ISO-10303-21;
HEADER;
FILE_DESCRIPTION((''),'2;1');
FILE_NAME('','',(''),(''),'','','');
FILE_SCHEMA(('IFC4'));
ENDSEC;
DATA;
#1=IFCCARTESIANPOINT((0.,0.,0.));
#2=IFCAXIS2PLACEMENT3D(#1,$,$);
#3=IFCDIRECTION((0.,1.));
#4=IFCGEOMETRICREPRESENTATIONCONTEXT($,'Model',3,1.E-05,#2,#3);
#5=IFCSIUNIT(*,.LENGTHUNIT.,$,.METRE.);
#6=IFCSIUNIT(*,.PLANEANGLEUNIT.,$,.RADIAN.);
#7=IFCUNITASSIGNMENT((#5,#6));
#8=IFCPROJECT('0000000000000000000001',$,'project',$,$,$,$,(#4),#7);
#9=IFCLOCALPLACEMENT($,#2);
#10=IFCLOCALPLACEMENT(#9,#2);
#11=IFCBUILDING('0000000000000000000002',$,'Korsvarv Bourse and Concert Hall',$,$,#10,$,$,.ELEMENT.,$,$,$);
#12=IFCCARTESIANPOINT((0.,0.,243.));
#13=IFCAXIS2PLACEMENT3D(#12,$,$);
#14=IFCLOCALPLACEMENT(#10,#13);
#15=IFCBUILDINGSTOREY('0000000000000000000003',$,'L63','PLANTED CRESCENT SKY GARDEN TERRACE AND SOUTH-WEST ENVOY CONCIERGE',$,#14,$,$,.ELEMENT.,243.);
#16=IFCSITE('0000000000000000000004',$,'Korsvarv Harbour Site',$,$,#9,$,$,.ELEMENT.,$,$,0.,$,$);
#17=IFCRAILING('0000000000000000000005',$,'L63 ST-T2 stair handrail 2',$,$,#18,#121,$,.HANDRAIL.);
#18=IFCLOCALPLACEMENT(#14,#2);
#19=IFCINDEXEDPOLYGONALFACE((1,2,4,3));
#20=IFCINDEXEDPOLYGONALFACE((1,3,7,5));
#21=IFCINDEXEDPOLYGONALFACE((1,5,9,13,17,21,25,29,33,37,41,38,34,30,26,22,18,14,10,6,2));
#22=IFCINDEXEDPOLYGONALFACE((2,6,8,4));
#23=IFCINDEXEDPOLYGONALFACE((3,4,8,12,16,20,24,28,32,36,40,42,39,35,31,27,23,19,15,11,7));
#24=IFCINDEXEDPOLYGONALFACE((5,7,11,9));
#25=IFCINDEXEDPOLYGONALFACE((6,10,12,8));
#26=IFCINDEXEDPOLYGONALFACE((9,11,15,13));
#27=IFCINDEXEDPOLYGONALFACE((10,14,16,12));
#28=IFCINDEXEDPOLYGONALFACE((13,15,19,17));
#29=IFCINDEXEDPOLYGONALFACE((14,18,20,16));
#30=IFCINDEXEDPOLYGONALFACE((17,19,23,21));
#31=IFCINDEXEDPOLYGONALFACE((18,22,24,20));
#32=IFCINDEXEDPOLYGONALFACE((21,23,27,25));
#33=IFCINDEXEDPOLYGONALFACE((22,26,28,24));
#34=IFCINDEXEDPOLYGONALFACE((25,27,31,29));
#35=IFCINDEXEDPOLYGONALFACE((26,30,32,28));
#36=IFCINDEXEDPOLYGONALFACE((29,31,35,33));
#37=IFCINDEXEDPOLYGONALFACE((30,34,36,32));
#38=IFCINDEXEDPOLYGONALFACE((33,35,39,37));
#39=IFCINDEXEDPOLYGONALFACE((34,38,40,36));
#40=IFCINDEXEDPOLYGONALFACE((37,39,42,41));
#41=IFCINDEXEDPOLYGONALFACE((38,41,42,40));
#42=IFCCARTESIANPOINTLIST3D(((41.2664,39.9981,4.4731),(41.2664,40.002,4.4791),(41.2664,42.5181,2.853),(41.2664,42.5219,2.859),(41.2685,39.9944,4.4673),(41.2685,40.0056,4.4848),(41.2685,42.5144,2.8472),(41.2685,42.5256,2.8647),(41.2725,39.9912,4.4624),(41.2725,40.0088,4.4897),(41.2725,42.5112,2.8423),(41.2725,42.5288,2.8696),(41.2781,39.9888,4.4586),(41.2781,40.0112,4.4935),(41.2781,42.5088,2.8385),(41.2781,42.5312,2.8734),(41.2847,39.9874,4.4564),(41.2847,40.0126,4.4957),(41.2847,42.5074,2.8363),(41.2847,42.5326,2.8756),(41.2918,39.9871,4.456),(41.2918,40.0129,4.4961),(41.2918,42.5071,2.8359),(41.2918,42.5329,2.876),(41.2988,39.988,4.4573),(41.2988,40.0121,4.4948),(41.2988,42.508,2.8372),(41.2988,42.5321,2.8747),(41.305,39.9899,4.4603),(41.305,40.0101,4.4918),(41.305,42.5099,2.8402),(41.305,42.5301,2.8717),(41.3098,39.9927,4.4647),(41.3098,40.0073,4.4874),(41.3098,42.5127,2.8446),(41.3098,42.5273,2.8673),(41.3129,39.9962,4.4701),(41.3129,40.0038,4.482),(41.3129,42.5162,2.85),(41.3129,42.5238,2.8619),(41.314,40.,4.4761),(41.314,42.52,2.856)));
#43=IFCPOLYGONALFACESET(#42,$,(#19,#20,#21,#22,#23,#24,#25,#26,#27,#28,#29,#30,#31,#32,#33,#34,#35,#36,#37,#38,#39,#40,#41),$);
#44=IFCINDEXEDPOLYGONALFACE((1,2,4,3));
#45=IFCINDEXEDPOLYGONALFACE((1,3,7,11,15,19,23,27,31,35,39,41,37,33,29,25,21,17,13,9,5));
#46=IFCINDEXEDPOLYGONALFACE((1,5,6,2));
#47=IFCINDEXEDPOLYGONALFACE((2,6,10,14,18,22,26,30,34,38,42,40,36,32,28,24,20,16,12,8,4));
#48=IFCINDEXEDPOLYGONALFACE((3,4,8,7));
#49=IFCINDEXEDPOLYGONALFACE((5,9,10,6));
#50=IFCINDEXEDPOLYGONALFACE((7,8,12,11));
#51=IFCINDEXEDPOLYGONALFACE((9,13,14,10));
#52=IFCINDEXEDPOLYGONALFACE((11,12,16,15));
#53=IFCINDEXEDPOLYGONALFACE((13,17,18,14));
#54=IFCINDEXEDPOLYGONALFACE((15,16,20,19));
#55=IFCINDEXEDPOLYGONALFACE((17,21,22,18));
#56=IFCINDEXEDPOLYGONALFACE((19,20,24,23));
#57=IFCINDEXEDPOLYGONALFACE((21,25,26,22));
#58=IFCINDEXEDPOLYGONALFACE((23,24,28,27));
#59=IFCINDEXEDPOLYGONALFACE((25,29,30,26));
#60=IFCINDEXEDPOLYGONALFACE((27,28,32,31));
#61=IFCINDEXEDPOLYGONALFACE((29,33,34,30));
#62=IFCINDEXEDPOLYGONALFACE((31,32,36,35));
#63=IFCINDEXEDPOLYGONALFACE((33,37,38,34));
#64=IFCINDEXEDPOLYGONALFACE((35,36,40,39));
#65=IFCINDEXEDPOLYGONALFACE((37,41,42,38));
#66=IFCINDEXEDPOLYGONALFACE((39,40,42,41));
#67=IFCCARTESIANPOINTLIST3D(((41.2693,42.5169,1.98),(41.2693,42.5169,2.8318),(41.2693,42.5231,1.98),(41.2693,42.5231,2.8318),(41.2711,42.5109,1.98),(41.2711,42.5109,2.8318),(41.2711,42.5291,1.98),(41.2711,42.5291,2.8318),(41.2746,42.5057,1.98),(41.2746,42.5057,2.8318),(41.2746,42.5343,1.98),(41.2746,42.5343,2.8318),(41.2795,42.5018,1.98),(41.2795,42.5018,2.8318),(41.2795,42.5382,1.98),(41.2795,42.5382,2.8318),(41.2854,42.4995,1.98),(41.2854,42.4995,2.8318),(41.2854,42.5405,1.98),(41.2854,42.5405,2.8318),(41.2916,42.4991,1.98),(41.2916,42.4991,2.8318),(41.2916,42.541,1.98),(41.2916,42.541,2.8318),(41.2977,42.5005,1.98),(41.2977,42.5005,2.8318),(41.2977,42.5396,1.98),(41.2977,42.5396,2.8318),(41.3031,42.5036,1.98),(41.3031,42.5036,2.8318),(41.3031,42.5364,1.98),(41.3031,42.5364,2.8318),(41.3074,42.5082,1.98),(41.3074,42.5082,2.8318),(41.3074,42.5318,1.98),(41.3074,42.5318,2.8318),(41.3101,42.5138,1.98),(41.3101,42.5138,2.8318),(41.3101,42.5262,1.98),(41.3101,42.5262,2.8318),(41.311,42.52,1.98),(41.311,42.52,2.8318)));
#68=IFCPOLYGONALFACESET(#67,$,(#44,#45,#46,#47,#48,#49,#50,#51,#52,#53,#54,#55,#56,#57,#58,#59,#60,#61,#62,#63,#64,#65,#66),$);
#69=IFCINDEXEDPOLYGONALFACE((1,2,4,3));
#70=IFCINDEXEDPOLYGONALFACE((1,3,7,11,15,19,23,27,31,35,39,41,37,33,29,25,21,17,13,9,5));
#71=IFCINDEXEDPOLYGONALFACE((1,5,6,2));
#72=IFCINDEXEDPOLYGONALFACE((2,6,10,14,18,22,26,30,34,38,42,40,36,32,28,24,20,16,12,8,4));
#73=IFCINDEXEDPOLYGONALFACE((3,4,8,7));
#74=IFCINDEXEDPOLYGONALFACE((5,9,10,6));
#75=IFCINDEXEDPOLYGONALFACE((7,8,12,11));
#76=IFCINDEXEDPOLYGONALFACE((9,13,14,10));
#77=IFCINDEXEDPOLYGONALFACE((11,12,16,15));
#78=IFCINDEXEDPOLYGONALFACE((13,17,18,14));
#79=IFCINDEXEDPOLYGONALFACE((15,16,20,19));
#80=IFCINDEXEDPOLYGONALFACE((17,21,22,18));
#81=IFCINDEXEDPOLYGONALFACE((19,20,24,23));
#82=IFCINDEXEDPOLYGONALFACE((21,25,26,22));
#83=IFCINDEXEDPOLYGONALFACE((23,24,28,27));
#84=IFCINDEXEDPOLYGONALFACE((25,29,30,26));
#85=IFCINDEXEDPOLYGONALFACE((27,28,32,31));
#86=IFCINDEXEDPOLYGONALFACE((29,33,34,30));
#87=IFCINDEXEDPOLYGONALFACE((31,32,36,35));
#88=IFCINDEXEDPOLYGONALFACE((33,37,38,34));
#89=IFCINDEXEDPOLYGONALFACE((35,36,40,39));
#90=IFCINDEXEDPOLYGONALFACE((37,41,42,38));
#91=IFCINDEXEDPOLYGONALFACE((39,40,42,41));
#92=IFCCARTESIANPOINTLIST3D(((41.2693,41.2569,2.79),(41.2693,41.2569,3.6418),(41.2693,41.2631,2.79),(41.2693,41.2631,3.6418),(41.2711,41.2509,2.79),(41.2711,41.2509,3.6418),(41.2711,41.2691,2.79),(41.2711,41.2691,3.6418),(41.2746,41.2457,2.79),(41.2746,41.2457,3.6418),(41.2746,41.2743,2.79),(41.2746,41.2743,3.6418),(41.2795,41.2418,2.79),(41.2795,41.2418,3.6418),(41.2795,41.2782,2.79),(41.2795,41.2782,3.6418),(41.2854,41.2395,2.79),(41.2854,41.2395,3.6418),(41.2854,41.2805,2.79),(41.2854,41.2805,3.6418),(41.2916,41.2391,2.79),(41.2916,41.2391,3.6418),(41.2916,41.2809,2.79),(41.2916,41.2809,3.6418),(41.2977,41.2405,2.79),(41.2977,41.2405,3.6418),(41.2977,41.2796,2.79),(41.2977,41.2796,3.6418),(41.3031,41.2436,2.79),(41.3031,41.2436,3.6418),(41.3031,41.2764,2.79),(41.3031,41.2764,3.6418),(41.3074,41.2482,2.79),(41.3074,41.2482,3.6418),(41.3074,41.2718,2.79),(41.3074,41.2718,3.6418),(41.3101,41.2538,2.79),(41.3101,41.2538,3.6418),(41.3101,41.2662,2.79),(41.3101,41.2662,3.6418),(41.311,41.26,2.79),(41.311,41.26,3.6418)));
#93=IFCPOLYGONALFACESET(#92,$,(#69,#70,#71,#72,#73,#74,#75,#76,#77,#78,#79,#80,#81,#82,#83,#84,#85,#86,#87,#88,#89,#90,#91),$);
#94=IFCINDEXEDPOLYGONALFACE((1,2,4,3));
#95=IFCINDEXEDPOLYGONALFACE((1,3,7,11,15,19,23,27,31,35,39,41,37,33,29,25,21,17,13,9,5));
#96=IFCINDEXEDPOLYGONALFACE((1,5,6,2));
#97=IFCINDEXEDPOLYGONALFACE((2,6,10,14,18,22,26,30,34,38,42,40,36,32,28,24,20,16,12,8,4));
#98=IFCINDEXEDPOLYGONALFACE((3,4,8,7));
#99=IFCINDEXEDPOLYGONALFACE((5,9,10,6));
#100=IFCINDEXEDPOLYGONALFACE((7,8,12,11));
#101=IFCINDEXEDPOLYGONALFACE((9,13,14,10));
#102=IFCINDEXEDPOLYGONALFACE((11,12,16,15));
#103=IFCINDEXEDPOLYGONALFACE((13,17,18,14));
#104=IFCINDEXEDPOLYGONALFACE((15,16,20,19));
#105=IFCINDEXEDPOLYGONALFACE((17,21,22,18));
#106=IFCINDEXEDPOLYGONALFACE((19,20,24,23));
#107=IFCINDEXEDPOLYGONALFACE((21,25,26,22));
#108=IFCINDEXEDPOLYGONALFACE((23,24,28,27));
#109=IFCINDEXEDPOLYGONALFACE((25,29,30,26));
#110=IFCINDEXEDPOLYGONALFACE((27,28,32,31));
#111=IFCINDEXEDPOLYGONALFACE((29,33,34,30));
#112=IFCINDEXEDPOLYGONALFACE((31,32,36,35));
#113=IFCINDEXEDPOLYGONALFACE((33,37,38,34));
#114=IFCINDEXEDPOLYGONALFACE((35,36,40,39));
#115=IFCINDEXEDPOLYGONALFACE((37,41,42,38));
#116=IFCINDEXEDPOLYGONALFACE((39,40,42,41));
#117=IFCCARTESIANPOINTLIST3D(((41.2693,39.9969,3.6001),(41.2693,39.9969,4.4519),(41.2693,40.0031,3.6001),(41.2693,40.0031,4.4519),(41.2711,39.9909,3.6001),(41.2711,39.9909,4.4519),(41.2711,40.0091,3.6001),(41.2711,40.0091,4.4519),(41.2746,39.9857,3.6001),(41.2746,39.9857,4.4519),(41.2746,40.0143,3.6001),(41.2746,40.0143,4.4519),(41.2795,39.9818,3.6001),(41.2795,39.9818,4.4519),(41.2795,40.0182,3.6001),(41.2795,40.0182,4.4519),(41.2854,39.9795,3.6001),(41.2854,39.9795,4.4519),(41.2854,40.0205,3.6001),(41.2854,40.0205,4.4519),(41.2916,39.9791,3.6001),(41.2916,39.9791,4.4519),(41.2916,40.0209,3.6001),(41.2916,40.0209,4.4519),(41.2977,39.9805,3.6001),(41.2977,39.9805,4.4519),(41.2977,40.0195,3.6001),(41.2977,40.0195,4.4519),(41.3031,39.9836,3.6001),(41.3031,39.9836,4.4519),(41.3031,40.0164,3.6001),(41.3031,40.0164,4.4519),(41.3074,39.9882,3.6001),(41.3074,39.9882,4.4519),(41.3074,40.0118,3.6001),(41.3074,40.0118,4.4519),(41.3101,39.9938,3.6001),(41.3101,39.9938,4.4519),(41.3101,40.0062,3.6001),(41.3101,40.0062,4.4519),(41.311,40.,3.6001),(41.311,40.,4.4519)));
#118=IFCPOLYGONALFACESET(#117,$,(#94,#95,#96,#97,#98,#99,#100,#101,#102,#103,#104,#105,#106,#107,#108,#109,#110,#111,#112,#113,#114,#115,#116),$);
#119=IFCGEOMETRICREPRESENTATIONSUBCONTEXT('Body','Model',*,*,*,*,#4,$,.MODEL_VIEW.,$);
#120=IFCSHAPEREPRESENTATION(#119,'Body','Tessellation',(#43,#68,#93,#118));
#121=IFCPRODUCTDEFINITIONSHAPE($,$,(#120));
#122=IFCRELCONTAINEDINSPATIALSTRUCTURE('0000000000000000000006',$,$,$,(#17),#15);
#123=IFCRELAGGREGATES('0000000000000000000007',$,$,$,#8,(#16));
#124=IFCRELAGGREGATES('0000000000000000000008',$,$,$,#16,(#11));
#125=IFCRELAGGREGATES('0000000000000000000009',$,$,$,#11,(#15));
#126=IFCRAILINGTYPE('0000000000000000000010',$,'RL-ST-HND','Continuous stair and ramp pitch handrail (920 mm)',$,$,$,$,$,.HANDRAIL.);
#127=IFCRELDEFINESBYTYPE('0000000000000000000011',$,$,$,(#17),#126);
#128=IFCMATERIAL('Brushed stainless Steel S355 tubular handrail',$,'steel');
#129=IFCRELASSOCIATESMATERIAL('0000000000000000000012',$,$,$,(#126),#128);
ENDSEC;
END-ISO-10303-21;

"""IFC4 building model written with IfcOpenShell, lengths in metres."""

from ifc_helpers import new_model, si_unit, direction, frame, origin, origin_2d, place, context, subcontext, project, spatial, circle, extrude, material, type_object, element, save


model = new_model("IFC4")

# Units and contexts
model_context = context("Model", 3, precision=1e-05, world=origin(), true_north=direction((0.0, 1.0)))
body_context = subcontext(model_context, "Body", "Model", "MODEL_VIEW")
ifc_project = project(units=[si_unit("LENGTHUNIT", "METRE"), si_unit("PLANEANGLEUNIT", "RADIAN")], contexts=[model_context])

# Site, building, storey
site_placement = place(None, origin())
site = spatial("IfcSite", under=ifc_project, at=site_placement, Name="Korsvarv Harbour Site", CompositionType="ELEMENT", RefElevation=0.0)
building_placement = place(site_placement, origin())
building = spatial("IfcBuilding", under=site, at=building_placement, Name="Korsvarv Bourse and Concert Hall", CompositionType="ELEMENT")
storey_placement = place(building_placement, frame((0.0, 0.0, 243.0)))
storey = spatial("IfcBuildingStorey", under=building, at=storey_placement, Name="L63", Description="PLANTED CRESCENT SKY GARDEN TERRACE AND SOUTH-WEST ENVOY CONCIERGE", CompositionType="ELEMENT", Elevation=243.0)

# Railing
ifc_material_1 = material(Name="Brushed stainless Steel S355 tubular handrail", Category="steel")
railing_type = type_object("IfcRailingType", Name="RL-ST-HND", Description="Continuous stair and ramp pitch handrail (920 mm)", PredefinedType="HANDRAIL", material=ifc_material_1)
railing_placement = place(storey_placement, frame((41.29, 42.52, 1.98)))
element("IfcRailing", 1, at=railing_placement, inside=storey, type_object=railing_type, Name="L63 ST-T2 stair handrail 2", PredefinedType="HANDRAIL", context=body_context, shape_type="SweptSolid", body=[
    extrude(circle(Radius=0.0239, at=origin_2d()), frame((0.0, 0.0, 0.876), z_axis=(0.0, -0.841163, 0.540782), x_axis=(1.0, 0.0, 0.0)), (0.0, 0.0, 1.0), 2.9958),
    extrude(circle(Radius=0.021, at=origin_2d()), origin(), (0.0, 0.0, 1.0), 0.8518),
    extrude(circle(Radius=0.021, at=origin_2d()), frame((0.0, -1.26, 0.8101)), (0.0, 0.0, 1.0), 0.8518),
    extrude(circle(Radius=0.021, at=origin_2d()), frame((0.0, -2.52, 1.6201)), (0.0, 0.0, 1.0), 0.8518),
])

save(model, "model.ifc")
